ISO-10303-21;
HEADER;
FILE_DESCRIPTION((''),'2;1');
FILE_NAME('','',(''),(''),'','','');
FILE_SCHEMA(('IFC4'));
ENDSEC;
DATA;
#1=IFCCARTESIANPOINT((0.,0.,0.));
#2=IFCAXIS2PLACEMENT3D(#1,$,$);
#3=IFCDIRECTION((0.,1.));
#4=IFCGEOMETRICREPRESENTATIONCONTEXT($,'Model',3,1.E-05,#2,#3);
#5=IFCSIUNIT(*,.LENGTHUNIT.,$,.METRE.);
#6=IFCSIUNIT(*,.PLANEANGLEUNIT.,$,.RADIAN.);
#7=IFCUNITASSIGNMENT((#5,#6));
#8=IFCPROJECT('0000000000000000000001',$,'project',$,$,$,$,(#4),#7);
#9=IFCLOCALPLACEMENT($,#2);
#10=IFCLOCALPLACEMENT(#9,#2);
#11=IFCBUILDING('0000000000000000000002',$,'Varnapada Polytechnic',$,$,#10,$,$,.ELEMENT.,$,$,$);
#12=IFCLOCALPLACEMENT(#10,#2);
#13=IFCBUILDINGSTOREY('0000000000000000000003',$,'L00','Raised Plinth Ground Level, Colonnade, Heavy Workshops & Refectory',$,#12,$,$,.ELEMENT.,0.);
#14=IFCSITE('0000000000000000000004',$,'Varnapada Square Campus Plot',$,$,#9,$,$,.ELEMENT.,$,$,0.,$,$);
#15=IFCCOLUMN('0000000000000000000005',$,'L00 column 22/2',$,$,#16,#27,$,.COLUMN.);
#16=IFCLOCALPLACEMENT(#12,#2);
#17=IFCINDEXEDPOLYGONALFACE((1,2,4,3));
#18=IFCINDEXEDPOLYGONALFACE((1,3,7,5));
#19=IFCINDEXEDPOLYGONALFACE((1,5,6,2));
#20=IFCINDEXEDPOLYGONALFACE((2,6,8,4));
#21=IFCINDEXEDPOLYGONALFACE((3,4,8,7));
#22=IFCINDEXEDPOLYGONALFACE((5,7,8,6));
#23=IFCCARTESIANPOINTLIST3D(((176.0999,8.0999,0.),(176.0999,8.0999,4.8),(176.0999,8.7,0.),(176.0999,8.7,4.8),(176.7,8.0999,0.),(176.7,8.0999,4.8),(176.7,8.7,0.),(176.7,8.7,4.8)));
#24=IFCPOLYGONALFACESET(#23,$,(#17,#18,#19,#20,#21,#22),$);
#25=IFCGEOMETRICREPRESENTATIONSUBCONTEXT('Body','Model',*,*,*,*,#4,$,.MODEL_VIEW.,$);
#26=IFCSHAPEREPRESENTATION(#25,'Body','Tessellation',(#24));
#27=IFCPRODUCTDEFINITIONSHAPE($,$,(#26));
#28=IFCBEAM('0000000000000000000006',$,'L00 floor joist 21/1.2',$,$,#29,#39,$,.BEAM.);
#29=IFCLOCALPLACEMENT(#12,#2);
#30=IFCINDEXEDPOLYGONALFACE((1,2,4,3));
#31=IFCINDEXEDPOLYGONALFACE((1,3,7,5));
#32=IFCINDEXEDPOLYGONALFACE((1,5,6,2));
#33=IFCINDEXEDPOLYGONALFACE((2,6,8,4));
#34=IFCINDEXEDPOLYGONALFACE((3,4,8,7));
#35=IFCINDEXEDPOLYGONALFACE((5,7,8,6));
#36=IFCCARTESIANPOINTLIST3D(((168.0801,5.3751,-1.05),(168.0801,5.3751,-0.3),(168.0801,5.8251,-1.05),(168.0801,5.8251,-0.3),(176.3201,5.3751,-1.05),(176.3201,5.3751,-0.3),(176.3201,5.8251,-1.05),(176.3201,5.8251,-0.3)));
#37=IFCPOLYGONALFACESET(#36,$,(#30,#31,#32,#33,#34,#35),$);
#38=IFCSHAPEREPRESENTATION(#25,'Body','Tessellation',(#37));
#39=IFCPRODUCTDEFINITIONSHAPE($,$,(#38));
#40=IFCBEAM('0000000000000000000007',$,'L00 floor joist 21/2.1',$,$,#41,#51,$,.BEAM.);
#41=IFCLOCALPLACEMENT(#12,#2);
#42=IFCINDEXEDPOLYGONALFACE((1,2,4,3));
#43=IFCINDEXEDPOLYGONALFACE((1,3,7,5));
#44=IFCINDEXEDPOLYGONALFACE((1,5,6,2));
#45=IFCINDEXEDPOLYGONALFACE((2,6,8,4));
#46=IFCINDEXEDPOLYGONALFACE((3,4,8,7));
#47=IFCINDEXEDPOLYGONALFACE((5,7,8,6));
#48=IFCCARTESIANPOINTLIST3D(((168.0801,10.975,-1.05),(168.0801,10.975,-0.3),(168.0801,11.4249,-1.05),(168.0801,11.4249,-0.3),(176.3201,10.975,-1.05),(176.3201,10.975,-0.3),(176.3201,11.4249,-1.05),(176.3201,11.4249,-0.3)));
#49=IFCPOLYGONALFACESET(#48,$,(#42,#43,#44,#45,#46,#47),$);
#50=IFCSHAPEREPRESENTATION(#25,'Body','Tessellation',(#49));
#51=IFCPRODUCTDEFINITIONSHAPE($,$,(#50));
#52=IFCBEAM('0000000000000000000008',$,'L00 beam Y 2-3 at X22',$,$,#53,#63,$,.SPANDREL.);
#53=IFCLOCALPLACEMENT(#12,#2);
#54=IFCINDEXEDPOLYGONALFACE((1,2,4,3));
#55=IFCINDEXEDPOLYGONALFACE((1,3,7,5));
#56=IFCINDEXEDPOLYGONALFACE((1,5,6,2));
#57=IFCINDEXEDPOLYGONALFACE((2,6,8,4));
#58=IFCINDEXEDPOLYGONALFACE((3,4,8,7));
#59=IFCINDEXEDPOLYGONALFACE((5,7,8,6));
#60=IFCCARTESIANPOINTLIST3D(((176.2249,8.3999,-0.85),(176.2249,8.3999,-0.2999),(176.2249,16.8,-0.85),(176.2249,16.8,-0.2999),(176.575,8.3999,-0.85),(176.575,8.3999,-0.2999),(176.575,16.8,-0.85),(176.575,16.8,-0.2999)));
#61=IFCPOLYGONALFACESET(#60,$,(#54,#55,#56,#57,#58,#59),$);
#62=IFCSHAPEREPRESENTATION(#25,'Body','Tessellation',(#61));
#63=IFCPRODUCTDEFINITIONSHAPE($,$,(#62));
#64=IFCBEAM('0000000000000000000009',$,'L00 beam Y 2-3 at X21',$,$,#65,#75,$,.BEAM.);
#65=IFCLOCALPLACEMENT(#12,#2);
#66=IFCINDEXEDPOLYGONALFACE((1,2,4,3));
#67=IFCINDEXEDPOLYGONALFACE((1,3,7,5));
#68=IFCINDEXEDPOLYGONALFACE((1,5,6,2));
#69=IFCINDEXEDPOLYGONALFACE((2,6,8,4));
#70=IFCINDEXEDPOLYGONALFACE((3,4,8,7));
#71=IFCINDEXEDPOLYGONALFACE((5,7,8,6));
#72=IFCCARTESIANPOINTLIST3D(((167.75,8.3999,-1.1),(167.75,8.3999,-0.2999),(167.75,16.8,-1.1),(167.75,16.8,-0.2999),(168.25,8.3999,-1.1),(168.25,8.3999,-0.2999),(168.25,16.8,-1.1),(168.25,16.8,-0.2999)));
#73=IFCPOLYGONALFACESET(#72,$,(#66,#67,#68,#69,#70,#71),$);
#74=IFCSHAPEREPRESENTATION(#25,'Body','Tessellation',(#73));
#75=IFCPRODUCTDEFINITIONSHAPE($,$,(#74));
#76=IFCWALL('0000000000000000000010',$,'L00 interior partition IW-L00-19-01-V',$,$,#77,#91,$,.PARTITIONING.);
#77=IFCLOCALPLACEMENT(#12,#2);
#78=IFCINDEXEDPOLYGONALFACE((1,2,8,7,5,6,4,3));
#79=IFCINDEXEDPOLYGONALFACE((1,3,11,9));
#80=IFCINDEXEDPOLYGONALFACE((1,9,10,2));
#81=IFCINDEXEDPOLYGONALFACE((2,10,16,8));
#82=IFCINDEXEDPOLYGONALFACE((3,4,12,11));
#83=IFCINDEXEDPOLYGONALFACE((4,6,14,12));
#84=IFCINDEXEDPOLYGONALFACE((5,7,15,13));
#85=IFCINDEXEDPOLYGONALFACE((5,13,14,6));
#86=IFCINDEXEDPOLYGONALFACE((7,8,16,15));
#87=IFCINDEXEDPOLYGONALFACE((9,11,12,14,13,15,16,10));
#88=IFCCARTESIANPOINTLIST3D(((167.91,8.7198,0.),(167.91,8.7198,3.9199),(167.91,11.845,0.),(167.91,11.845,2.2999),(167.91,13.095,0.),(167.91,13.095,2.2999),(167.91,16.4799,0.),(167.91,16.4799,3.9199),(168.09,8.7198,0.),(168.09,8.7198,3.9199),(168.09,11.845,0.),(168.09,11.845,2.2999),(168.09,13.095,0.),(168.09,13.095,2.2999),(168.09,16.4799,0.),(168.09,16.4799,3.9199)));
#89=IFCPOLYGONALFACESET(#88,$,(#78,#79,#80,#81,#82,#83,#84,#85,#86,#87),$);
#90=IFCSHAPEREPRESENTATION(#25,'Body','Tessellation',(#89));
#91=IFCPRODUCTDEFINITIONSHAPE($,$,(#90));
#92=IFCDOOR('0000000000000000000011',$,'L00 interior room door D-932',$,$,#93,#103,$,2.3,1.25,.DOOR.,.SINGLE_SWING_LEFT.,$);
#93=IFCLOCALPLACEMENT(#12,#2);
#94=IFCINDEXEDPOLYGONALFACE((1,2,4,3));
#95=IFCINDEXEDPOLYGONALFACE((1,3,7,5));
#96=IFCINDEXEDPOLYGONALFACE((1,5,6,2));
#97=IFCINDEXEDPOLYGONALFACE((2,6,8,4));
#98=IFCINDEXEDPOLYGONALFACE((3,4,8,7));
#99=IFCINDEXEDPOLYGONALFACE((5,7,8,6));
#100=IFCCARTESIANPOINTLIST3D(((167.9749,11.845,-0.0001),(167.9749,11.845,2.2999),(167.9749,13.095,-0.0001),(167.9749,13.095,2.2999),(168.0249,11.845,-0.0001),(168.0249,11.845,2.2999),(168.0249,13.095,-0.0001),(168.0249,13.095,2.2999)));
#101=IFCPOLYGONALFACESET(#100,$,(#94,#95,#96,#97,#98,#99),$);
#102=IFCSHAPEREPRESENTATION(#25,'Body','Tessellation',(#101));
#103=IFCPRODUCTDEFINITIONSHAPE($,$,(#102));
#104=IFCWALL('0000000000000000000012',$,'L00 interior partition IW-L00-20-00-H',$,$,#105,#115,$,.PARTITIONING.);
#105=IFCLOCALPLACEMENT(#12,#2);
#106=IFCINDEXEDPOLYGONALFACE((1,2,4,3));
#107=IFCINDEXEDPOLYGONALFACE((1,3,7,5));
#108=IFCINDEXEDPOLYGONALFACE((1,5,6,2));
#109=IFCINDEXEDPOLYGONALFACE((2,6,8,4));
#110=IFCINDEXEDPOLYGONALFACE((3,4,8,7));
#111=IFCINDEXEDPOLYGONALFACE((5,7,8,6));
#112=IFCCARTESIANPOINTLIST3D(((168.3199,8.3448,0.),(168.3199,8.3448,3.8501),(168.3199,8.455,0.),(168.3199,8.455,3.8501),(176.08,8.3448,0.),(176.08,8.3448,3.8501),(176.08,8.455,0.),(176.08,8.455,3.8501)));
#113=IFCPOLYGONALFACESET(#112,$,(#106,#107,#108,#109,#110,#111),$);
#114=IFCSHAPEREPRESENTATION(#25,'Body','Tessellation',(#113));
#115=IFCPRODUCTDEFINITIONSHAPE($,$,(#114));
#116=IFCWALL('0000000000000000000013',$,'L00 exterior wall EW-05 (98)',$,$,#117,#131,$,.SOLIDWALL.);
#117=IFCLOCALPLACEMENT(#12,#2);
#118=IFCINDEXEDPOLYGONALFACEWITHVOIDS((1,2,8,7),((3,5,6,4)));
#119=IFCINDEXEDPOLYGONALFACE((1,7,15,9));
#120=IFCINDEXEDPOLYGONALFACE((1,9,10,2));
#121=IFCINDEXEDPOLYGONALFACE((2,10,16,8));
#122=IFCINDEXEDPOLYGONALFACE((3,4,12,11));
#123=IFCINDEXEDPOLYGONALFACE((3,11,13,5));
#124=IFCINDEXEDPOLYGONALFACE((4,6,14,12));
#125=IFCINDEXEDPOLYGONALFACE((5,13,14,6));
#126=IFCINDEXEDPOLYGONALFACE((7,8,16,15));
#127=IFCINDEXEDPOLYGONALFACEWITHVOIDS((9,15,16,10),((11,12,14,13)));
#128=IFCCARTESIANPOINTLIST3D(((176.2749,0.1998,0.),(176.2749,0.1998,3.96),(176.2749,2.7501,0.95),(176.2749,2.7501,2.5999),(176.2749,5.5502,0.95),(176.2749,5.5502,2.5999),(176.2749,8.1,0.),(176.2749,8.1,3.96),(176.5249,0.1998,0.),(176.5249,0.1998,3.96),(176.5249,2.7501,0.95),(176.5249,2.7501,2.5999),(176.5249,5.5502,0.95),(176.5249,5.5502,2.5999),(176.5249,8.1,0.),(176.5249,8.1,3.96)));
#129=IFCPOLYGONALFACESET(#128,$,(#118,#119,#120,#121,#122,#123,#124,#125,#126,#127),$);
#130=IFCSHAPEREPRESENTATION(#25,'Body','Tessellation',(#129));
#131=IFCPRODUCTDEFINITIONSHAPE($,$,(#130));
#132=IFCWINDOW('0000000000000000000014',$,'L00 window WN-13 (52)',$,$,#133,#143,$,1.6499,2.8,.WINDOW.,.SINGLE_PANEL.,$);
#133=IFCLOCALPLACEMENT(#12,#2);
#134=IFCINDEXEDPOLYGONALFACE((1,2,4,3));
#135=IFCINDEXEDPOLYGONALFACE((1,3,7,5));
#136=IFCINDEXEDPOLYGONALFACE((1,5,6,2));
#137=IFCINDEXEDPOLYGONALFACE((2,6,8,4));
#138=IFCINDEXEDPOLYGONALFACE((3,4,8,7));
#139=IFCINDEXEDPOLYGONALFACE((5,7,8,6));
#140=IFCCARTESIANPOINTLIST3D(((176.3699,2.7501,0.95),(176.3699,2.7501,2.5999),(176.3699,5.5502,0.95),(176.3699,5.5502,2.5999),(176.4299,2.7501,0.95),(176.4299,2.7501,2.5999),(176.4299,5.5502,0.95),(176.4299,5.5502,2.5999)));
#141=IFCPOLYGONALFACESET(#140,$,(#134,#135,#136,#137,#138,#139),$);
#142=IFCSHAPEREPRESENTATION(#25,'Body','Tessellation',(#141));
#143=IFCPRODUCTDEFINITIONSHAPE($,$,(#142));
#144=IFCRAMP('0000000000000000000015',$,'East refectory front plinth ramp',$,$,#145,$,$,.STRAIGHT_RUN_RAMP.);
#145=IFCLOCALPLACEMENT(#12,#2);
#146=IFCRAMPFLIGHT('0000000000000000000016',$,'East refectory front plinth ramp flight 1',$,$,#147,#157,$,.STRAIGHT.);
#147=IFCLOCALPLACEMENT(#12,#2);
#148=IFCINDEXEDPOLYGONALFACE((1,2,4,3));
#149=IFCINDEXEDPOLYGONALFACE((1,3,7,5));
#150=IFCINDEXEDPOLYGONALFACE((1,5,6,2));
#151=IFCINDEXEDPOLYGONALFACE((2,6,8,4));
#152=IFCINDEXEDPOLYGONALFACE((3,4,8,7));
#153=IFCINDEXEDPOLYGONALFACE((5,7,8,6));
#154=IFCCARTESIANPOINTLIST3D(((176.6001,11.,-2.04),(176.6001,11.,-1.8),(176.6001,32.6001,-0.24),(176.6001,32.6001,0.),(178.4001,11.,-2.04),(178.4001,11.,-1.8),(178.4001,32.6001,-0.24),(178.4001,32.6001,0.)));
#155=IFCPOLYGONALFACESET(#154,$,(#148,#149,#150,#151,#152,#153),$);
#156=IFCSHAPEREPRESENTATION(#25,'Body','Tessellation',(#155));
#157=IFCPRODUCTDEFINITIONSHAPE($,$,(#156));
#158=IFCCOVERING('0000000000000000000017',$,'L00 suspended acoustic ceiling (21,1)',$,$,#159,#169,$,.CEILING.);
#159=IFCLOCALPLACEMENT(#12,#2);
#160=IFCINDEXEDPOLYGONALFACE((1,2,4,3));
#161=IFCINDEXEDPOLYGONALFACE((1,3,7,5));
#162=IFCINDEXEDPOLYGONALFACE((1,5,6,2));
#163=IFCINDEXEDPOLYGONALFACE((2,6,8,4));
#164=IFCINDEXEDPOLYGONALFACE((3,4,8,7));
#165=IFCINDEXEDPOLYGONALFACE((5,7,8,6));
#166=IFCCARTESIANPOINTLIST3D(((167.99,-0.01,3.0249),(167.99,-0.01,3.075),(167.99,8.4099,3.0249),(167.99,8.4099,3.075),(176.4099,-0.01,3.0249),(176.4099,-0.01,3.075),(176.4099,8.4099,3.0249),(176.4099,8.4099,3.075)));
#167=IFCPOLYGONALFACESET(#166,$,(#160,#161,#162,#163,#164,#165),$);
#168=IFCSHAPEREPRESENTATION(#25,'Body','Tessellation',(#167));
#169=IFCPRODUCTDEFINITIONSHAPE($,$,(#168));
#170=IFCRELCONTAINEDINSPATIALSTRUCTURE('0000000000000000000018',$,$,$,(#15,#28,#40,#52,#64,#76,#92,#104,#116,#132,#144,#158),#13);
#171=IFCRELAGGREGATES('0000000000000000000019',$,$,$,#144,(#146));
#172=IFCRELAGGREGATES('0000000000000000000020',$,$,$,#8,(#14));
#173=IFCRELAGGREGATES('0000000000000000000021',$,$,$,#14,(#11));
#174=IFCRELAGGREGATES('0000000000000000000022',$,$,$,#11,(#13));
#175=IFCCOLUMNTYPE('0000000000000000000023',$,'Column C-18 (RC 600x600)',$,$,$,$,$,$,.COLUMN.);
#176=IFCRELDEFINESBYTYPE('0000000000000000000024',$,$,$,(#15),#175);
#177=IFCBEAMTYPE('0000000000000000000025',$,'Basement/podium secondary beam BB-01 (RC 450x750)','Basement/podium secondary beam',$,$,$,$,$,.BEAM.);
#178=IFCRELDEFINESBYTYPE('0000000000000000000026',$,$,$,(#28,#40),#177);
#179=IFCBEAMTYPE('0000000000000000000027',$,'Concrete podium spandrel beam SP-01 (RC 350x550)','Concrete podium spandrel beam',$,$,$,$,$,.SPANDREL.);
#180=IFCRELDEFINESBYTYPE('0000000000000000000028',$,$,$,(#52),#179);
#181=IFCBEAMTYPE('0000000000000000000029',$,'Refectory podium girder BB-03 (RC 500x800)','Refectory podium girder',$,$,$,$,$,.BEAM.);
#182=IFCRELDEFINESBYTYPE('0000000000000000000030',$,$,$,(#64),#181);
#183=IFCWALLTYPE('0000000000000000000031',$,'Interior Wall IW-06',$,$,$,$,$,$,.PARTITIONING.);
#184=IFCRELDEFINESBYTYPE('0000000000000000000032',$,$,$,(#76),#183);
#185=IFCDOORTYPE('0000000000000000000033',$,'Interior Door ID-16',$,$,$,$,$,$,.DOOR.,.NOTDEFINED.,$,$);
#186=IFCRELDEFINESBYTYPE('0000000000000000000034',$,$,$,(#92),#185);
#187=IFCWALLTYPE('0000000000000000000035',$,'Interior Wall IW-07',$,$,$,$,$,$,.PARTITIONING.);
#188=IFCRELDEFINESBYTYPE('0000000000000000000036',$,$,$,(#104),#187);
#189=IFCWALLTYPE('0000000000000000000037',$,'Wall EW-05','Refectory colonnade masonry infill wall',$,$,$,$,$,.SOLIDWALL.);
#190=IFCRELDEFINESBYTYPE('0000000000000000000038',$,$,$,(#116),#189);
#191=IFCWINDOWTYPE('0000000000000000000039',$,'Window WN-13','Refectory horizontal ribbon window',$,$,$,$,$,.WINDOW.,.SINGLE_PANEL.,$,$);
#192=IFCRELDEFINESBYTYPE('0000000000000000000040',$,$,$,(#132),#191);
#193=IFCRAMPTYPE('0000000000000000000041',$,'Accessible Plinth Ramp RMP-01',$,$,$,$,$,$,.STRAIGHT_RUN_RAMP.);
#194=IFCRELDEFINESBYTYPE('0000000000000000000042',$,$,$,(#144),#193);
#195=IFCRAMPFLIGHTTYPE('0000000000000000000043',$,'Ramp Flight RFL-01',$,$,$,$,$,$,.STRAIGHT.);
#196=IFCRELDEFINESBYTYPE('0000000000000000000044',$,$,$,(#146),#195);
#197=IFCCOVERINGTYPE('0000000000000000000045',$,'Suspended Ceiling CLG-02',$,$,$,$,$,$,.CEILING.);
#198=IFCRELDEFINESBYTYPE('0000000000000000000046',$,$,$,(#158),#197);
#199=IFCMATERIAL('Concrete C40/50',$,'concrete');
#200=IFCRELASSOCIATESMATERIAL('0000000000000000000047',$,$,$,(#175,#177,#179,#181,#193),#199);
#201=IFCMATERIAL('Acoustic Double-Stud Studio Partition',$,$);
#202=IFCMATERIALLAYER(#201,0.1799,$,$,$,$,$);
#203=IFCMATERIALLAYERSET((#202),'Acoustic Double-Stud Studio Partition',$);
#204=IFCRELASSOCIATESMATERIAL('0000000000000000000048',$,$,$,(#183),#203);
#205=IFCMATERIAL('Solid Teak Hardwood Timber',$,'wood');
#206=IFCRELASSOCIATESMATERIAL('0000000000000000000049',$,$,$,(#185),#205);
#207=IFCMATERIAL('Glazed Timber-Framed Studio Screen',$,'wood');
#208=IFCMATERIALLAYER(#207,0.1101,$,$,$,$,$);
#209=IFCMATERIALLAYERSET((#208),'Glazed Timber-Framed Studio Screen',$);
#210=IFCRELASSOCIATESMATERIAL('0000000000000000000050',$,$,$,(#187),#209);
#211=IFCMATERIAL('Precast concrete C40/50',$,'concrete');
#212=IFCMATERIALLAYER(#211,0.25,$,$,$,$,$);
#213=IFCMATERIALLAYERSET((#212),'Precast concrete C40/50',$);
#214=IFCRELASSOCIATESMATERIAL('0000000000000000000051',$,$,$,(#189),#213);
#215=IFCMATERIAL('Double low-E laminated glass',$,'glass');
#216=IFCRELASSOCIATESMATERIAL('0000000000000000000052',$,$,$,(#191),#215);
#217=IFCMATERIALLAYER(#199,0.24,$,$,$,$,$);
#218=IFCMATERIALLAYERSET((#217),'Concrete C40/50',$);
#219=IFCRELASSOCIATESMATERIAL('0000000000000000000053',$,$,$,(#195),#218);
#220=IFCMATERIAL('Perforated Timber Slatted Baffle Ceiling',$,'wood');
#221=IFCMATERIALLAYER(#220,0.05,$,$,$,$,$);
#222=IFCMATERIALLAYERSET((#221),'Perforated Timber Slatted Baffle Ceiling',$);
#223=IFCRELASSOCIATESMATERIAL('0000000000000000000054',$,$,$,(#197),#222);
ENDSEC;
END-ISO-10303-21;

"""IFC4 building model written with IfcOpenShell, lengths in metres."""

from ifc_helpers import new_model, si_unit, direction, frame, frame_2d, origin, origin_2d, place, context, subcontext, project, spatial, polyline, rectangle, outline, extrude, material, layer, layer_set, material_profile, profile_set, type_object, element, fill, aggregate, save


model = new_model("IFC4")

# Units and contexts
model_context = context("Model", 3, precision=1e-05, world=origin(), true_north=direction((0.0, 1.0)))
body_context = subcontext(model_context, "Body", "Model", "MODEL_VIEW")
ifc_project = project(units=[si_unit("LENGTHUNIT", "METRE"), si_unit("PLANEANGLEUNIT", "RADIAN")], contexts=[model_context])

# Site, building, storey
site_placement = place(None, origin())
site = spatial("IfcSite", under=ifc_project, at=site_placement, Name="Varnapada Square Campus Plot", CompositionType="ELEMENT", RefElevation=0.0)
building_placement = place(site_placement, origin())
building = spatial("IfcBuilding", under=site, at=building_placement, Name="Varnapada Polytechnic", CompositionType="ELEMENT")
storey_placement = place(building_placement, origin())
storey = spatial("IfcBuildingStorey", under=building, at=storey_placement, Name="L00", Description="Raised Plinth Ground Level, Colonnade, Heavy Workshops & Refectory", CompositionType="ELEMENT", Elevation=0.0)

# Column
ifc_material_1 = material(Name="Concrete C40/50", Category="concrete")
ifc_material_profile_1 = material_profile(ifc_material_1, rectangle(XDim=0.6001, YDim=0.6001, at=origin_2d()), Name="RC 600x600")
ifc_profile_set_1 = profile_set([ifc_material_profile_1], Name="Concrete C40/50")
column_type = type_object("IfcColumnType", Name="Column C-18 (RC 600x600)", PredefinedType="COLUMN", material=ifc_profile_set_1)
column_placement = place(storey_placement, frame((176.3999, 8.3999, 0.0), z_axis=(0.0, 0.0, 1.0), x_axis=(1.0, 0.0, 0.0)))
element("IfcColumn", 1, at=column_placement, inside=storey, type_object=column_type, Name="L00 column 22/2", PredefinedType="COLUMN", context=body_context, shape_type="SweptSolid", body=[
    extrude(rectangle(XDim=0.6001, YDim=0.6001, at=origin_2d()), origin(), (0.0, 0.0, 1.0), 4.8),
])

# Beams
ifc_material_profile_2 = material_profile(ifc_material_1, rectangle(XDim=0.45, YDim=0.75, at=origin_2d()), Name="RC 450x750")
ifc_profile_set_2 = profile_set([ifc_material_profile_2], Name="Concrete C40/50")
beam_type_1 = type_object("IfcBeamType", Name="Basement/podium secondary beam BB-01 (RC 450x750)", Description="Basement/podium secondary beam", PredefinedType="BEAM", material=ifc_profile_set_2)
for number, where, z_axis, x_axis, name in (
    (2, (168.0801, 5.6001, -0.675), (1.0, 0.0, 0.0), (0.0, 1.0, 0.0), "L00 floor joist 21/1.2"),
    (3, (168.0801, 11.2, -0.675), (1.0, 0.0, 0.0), (0.0, 1.0, 0.0), "L00 floor joist 21/2.1"),
):
    element("IfcBeam", number, at=place(storey_placement, frame(where, z_axis=z_axis, x_axis=x_axis)), inside=storey, type_object=beam_type_1, Name=name, PredefinedType="BEAM", context=body_context, shape_type="SweptSolid", body=[
        extrude(rectangle(XDim=0.45, YDim=0.75, at=origin_2d()), origin(), (0.0, 0.0, 1.0), 8.24),
    ])
ifc_material_profile_3 = material_profile(ifc_material_1, rectangle(XDim=0.3501, YDim=0.55, at=origin_2d()), Name="RC 350x550")
ifc_profile_set_3 = profile_set([ifc_material_profile_3], Name="Concrete C40/50")
beam_type_2 = type_object("IfcBeamType", Name="Concrete podium spandrel beam SP-01 (RC 350x550)", Description="Concrete podium spandrel beam", PredefinedType="SPANDREL", material=ifc_profile_set_3)
beam_1_placement = place(storey_placement, frame((176.3999, 8.3999, -0.575), z_axis=(0.0, 1.0, 0.0), x_axis=(-1.0, 0.0, 0.0)))
element("IfcBeam", 4, at=beam_1_placement, inside=storey, type_object=beam_type_2, Name="L00 beam Y 2-3 at X22", PredefinedType="SPANDREL", context=body_context, shape_type="SweptSolid", body=[
    extrude(rectangle(XDim=0.3501, YDim=0.55, at=origin_2d()), origin(), (0.0, 0.0, 1.0), 8.4001),
])
ifc_material_profile_4 = material_profile(ifc_material_1, rectangle(XDim=0.5, YDim=0.8, at=origin_2d()), Name="RC 500x800")
ifc_profile_set_4 = profile_set([ifc_material_profile_4], Name="Concrete C40/50")
beam_type_3 = type_object("IfcBeamType", Name="Refectory podium girder BB-03 (RC 500x800)", Description="Refectory podium girder", PredefinedType="BEAM", material=ifc_profile_set_4)
beam_2_placement = place(storey_placement, frame((168.0, 8.3999, -0.7), z_axis=(0.0, 1.0, 0.0), x_axis=(-1.0, 0.0, 0.0)))
element("IfcBeam", 5, at=beam_2_placement, inside=storey, type_object=beam_type_3, Name="L00 beam Y 2-3 at X21", PredefinedType="BEAM", context=body_context, shape_type="SweptSolid", body=[
    extrude(rectangle(XDim=0.5, YDim=0.8, at=origin_2d()), origin(), (0.0, 0.0, 1.0), 8.4001),
])

# Wall, opening, door
ifc_material_2 = material(Name="Acoustic Double-Stud Studio Partition")
ifc_layer_1 = layer(ifc_material_2, 0.1799)
ifc_layer_set_1 = layer_set([ifc_layer_1], Name="Acoustic Double-Stud Studio Partition")
wall_type_1 = type_object("IfcWallType", Name="Interior Wall IW-06", PredefinedType="PARTITIONING", material=ifc_layer_set_1)
wall_1_placement = place(storey_placement, frame((168.0, 8.72, 0.0), z_axis=(0.0, 0.0, 1.0), x_axis=(0.0, 1.0, 0.0)))
wall_1 = element("IfcWall", 6, at=wall_1_placement, inside=storey, type_object=wall_type_1, Name="L00 interior partition IW-L00-19-01-V", PredefinedType="PARTITIONING", context=body_context, shape_type="SweptSolid", body=[
    extrude(rectangle(XDim=7.76, YDim=0.1799, at=frame_2d((3.8799, 0.0))), origin(), (0.0, 0.0, 1.0), 3.9199),
])
opening_1_placement = place(wall_1_placement, frame((3.125, 0.0, 0.0)))
opening_1 = element("IfcOpeningElement", 7, at=opening_1_placement, cuts=wall_1, PredefinedType="OPENING", context=body_context, shape_type="SweptSolid", body=[
    extrude(rectangle(XDim=1.25, YDim=2.3, at=frame_2d((0.625, 1.1499))), frame((0.0, 0.0999, 0.0), z_axis=(0.0, -1.0, 0.0), x_axis=(1.0, 0.0, 0.0)), (0.0, 0.0, 1.0), 0.2),
])
ifc_material_3 = material(Name="Solid Teak Hardwood Timber", Category="wood")
door_type = type_object("IfcDoorType", Name="Interior Door ID-16", OperationType="NOTDEFINED", PredefinedType="DOOR", material=ifc_material_3)
door_placement = place(opening_1_placement, frame((1.25, 0.0, 0.0), z_axis=(0.0, 0.0, 1.0), x_axis=(-1.0, 0.0, 0.0)))
door = element("IfcDoor", 8, at=door_placement, inside=storey, type_object=door_type, Name="L00 interior room door D-932", OperationType="SINGLE_SWING_LEFT", OverallHeight=2.3, OverallWidth=1.25, PredefinedType="DOOR", context=body_context, shape_type="SweptSolid", body=[
    extrude(rectangle(XDim=1.25, YDim=2.3, at=frame_2d((0.625, 1.1499))), frame((0.0, 0.0249, 0.0), z_axis=(0.0, -1.0, 0.0), x_axis=(1.0, 0.0, 0.0)), (0.0, 0.0, 1.0), 0.05),
])
fill(opening_1, door)

# Wall
ifc_material_4 = material(Name="Glazed Timber-Framed Studio Screen", Category="wood")
ifc_layer_2 = layer(ifc_material_4, 0.1101)
ifc_layer_set_2 = layer_set([ifc_layer_2], Name="Glazed Timber-Framed Studio Screen")
wall_type_2 = type_object("IfcWallType", Name="Interior Wall IW-07", PredefinedType="PARTITIONING", material=ifc_layer_set_2)
wall_2_placement = place(storey_placement, frame((168.3201, 8.3999, 0.0), z_axis=(0.0, 0.0, 1.0), x_axis=(1.0, 0.0, 0.0)))
element("IfcWall", 9, at=wall_2_placement, inside=storey, type_object=wall_type_2, Name="L00 interior partition IW-L00-20-00-H", PredefinedType="PARTITIONING", context=body_context, shape_type="SweptSolid", body=[
    extrude(rectangle(XDim=7.76, YDim=0.1101, at=frame_2d((3.8799, 0.0))), origin(), (0.0, 0.0, 1.0), 3.8501),
])

# Wall, opening, window
ifc_material_5 = material(Name="Precast concrete C40/50", Category="concrete")
ifc_layer_3 = layer(ifc_material_5, 0.25)
ifc_layer_set_3 = layer_set([ifc_layer_3], Name="Precast concrete C40/50")
wall_type_3 = type_object("IfcWallType", Name="Wall EW-05", Description="Refectory colonnade masonry infill wall", PredefinedType="SOLIDWALL", material=ifc_layer_set_3)
wall_3_placement = place(storey_placement, frame((176.3999, 8.1001, 0.0), z_axis=(0.0, 0.0, 1.0), x_axis=(0.0, -1.0, 0.0)))
wall_3 = element("IfcWall", 10, at=wall_3_placement, inside=storey, type_object=wall_type_3, Name="L00 exterior wall EW-05 (98)", PredefinedType="SOLIDWALL", context=body_context, shape_type="SweptSolid", body=[
    extrude(rectangle(XDim=7.9001, YDim=0.25, at=frame_2d((3.9502, 0.0))), origin(), (0.0, 0.0, 1.0), 3.96),
])
opening_2_placement = place(wall_3_placement, frame((2.55, 0.0, 0.95)))
opening_2 = element("IfcOpeningElement", 11, at=opening_2_placement, cuts=wall_3, PredefinedType="OPENING", context=body_context, shape_type="SweptSolid", body=[
    extrude(rectangle(XDim=2.8, YDim=1.6499, at=frame_2d((1.3999, 0.825))), frame((0.0, 0.135, 0.0), z_axis=(0.0, -1.0, 0.0), x_axis=(1.0, 0.0, 0.0)), (0.0, 0.0, 1.0), 0.27),
])
ifc_material_6 = material(Name="Double low-E laminated glass", Category="glass")
window_type = type_object("IfcWindowType", Name="Window WN-13", Description="Refectory horizontal ribbon window", PartitioningType="SINGLE_PANEL", PredefinedType="WINDOW", material=ifc_material_6)
window_placement = place(opening_2_placement, origin())
window = element("IfcWindow", 12, at=window_placement, inside=storey, type_object=window_type, Name="L00 window WN-13 (52)", OverallHeight=1.6499, OverallWidth=2.8, PartitioningType="SINGLE_PANEL", PredefinedType="WINDOW", context=body_context, shape_type="SweptSolid", body=[
    extrude(rectangle(XDim=2.8, YDim=1.6499, at=frame_2d((1.3999, 0.825))), frame((0.0, 0.03, 0.0), z_axis=(0.0, -1.0, 0.0), x_axis=(1.0, 0.0, 0.0)), (0.0, 0.0, 1.0), 0.0601),
])
fill(opening_2, window)

# Ramp, ramp flight
ramp_type = type_object("IfcRampType", Name="Accessible Plinth Ramp RMP-01", PredefinedType="STRAIGHT_RUN_RAMP", material=ifc_material_1)
ramp_placement = place(storey_placement, origin())
ramp = element("IfcRamp", 13, at=ramp_placement, inside=storey, type_object=ramp_type, Name="East refectory front plinth ramp", PredefinedType="STRAIGHT_RUN_RAMP")
ifc_layer_4 = layer(ifc_material_1, 0.24)
ifc_layer_set_4 = layer_set([ifc_layer_4], Name="Concrete C40/50")
ramp_flight_type = type_object("IfcRampFlightType", Name="Ramp Flight RFL-01", PredefinedType="STRAIGHT", material=ifc_layer_set_4)
ramp_flight_placement = place(storey_placement, frame((177.5, 11.0, -1.8), z_axis=(0.0, 0.0, 1.0), x_axis=(0.0, 1.0, 0.0)))
ramp_flight = element("IfcRampFlight", 14, at=ramp_flight_placement, type_object=ramp_flight_type, Name="East refectory front plinth ramp flight 1", PredefinedType="STRAIGHT", context=body_context, shape_type="SweptSolid", body=[
    extrude(outline(polyline([(0.0, 0.0), (21.6001, 1.8), (21.6001, 1.5601), (0.0, -0.24), (0.0, 0.0)])), frame((0.0, 0.8999, 0.0), z_axis=(0.0, -1.0, 0.0), x_axis=(1.0, 0.0, 0.0)), (0.0, 0.0, 1.0), 1.8),
])
aggregate(ramp, [ramp_flight])

# Covering
ifc_material_7 = material(Name="Perforated Timber Slatted Baffle Ceiling", Category="wood")
ifc_layer_5 = layer(ifc_material_7, 0.05)
ifc_layer_set_5 = layer_set([ifc_layer_5], Name="Perforated Timber Slatted Baffle Ceiling")
covering_type_1 = type_object("IfcCoveringType", Name="Suspended Ceiling CLG-02", PredefinedType="CEILING", material=ifc_layer_set_5)
covering_1_placement = place(storey_placement, frame((172.2, 4.2, 3.0249), z_axis=(0.0, 0.0, 1.0), x_axis=(1.0, 0.0, 0.0)))
element("IfcCovering", 15, at=covering_1_placement, inside=storey, type_object=covering_type_1, Name="L00 suspended acoustic ceiling (21,1)", PredefinedType="CEILING", context=body_context, shape_type="SweptSolid", body=[
    extrude(rectangle(XDim=8.4199, YDim=8.4199, at=origin_2d()), origin(), (0.0, 0.0, 1.0), 0.05),
])

save(model, "model.ifc")
